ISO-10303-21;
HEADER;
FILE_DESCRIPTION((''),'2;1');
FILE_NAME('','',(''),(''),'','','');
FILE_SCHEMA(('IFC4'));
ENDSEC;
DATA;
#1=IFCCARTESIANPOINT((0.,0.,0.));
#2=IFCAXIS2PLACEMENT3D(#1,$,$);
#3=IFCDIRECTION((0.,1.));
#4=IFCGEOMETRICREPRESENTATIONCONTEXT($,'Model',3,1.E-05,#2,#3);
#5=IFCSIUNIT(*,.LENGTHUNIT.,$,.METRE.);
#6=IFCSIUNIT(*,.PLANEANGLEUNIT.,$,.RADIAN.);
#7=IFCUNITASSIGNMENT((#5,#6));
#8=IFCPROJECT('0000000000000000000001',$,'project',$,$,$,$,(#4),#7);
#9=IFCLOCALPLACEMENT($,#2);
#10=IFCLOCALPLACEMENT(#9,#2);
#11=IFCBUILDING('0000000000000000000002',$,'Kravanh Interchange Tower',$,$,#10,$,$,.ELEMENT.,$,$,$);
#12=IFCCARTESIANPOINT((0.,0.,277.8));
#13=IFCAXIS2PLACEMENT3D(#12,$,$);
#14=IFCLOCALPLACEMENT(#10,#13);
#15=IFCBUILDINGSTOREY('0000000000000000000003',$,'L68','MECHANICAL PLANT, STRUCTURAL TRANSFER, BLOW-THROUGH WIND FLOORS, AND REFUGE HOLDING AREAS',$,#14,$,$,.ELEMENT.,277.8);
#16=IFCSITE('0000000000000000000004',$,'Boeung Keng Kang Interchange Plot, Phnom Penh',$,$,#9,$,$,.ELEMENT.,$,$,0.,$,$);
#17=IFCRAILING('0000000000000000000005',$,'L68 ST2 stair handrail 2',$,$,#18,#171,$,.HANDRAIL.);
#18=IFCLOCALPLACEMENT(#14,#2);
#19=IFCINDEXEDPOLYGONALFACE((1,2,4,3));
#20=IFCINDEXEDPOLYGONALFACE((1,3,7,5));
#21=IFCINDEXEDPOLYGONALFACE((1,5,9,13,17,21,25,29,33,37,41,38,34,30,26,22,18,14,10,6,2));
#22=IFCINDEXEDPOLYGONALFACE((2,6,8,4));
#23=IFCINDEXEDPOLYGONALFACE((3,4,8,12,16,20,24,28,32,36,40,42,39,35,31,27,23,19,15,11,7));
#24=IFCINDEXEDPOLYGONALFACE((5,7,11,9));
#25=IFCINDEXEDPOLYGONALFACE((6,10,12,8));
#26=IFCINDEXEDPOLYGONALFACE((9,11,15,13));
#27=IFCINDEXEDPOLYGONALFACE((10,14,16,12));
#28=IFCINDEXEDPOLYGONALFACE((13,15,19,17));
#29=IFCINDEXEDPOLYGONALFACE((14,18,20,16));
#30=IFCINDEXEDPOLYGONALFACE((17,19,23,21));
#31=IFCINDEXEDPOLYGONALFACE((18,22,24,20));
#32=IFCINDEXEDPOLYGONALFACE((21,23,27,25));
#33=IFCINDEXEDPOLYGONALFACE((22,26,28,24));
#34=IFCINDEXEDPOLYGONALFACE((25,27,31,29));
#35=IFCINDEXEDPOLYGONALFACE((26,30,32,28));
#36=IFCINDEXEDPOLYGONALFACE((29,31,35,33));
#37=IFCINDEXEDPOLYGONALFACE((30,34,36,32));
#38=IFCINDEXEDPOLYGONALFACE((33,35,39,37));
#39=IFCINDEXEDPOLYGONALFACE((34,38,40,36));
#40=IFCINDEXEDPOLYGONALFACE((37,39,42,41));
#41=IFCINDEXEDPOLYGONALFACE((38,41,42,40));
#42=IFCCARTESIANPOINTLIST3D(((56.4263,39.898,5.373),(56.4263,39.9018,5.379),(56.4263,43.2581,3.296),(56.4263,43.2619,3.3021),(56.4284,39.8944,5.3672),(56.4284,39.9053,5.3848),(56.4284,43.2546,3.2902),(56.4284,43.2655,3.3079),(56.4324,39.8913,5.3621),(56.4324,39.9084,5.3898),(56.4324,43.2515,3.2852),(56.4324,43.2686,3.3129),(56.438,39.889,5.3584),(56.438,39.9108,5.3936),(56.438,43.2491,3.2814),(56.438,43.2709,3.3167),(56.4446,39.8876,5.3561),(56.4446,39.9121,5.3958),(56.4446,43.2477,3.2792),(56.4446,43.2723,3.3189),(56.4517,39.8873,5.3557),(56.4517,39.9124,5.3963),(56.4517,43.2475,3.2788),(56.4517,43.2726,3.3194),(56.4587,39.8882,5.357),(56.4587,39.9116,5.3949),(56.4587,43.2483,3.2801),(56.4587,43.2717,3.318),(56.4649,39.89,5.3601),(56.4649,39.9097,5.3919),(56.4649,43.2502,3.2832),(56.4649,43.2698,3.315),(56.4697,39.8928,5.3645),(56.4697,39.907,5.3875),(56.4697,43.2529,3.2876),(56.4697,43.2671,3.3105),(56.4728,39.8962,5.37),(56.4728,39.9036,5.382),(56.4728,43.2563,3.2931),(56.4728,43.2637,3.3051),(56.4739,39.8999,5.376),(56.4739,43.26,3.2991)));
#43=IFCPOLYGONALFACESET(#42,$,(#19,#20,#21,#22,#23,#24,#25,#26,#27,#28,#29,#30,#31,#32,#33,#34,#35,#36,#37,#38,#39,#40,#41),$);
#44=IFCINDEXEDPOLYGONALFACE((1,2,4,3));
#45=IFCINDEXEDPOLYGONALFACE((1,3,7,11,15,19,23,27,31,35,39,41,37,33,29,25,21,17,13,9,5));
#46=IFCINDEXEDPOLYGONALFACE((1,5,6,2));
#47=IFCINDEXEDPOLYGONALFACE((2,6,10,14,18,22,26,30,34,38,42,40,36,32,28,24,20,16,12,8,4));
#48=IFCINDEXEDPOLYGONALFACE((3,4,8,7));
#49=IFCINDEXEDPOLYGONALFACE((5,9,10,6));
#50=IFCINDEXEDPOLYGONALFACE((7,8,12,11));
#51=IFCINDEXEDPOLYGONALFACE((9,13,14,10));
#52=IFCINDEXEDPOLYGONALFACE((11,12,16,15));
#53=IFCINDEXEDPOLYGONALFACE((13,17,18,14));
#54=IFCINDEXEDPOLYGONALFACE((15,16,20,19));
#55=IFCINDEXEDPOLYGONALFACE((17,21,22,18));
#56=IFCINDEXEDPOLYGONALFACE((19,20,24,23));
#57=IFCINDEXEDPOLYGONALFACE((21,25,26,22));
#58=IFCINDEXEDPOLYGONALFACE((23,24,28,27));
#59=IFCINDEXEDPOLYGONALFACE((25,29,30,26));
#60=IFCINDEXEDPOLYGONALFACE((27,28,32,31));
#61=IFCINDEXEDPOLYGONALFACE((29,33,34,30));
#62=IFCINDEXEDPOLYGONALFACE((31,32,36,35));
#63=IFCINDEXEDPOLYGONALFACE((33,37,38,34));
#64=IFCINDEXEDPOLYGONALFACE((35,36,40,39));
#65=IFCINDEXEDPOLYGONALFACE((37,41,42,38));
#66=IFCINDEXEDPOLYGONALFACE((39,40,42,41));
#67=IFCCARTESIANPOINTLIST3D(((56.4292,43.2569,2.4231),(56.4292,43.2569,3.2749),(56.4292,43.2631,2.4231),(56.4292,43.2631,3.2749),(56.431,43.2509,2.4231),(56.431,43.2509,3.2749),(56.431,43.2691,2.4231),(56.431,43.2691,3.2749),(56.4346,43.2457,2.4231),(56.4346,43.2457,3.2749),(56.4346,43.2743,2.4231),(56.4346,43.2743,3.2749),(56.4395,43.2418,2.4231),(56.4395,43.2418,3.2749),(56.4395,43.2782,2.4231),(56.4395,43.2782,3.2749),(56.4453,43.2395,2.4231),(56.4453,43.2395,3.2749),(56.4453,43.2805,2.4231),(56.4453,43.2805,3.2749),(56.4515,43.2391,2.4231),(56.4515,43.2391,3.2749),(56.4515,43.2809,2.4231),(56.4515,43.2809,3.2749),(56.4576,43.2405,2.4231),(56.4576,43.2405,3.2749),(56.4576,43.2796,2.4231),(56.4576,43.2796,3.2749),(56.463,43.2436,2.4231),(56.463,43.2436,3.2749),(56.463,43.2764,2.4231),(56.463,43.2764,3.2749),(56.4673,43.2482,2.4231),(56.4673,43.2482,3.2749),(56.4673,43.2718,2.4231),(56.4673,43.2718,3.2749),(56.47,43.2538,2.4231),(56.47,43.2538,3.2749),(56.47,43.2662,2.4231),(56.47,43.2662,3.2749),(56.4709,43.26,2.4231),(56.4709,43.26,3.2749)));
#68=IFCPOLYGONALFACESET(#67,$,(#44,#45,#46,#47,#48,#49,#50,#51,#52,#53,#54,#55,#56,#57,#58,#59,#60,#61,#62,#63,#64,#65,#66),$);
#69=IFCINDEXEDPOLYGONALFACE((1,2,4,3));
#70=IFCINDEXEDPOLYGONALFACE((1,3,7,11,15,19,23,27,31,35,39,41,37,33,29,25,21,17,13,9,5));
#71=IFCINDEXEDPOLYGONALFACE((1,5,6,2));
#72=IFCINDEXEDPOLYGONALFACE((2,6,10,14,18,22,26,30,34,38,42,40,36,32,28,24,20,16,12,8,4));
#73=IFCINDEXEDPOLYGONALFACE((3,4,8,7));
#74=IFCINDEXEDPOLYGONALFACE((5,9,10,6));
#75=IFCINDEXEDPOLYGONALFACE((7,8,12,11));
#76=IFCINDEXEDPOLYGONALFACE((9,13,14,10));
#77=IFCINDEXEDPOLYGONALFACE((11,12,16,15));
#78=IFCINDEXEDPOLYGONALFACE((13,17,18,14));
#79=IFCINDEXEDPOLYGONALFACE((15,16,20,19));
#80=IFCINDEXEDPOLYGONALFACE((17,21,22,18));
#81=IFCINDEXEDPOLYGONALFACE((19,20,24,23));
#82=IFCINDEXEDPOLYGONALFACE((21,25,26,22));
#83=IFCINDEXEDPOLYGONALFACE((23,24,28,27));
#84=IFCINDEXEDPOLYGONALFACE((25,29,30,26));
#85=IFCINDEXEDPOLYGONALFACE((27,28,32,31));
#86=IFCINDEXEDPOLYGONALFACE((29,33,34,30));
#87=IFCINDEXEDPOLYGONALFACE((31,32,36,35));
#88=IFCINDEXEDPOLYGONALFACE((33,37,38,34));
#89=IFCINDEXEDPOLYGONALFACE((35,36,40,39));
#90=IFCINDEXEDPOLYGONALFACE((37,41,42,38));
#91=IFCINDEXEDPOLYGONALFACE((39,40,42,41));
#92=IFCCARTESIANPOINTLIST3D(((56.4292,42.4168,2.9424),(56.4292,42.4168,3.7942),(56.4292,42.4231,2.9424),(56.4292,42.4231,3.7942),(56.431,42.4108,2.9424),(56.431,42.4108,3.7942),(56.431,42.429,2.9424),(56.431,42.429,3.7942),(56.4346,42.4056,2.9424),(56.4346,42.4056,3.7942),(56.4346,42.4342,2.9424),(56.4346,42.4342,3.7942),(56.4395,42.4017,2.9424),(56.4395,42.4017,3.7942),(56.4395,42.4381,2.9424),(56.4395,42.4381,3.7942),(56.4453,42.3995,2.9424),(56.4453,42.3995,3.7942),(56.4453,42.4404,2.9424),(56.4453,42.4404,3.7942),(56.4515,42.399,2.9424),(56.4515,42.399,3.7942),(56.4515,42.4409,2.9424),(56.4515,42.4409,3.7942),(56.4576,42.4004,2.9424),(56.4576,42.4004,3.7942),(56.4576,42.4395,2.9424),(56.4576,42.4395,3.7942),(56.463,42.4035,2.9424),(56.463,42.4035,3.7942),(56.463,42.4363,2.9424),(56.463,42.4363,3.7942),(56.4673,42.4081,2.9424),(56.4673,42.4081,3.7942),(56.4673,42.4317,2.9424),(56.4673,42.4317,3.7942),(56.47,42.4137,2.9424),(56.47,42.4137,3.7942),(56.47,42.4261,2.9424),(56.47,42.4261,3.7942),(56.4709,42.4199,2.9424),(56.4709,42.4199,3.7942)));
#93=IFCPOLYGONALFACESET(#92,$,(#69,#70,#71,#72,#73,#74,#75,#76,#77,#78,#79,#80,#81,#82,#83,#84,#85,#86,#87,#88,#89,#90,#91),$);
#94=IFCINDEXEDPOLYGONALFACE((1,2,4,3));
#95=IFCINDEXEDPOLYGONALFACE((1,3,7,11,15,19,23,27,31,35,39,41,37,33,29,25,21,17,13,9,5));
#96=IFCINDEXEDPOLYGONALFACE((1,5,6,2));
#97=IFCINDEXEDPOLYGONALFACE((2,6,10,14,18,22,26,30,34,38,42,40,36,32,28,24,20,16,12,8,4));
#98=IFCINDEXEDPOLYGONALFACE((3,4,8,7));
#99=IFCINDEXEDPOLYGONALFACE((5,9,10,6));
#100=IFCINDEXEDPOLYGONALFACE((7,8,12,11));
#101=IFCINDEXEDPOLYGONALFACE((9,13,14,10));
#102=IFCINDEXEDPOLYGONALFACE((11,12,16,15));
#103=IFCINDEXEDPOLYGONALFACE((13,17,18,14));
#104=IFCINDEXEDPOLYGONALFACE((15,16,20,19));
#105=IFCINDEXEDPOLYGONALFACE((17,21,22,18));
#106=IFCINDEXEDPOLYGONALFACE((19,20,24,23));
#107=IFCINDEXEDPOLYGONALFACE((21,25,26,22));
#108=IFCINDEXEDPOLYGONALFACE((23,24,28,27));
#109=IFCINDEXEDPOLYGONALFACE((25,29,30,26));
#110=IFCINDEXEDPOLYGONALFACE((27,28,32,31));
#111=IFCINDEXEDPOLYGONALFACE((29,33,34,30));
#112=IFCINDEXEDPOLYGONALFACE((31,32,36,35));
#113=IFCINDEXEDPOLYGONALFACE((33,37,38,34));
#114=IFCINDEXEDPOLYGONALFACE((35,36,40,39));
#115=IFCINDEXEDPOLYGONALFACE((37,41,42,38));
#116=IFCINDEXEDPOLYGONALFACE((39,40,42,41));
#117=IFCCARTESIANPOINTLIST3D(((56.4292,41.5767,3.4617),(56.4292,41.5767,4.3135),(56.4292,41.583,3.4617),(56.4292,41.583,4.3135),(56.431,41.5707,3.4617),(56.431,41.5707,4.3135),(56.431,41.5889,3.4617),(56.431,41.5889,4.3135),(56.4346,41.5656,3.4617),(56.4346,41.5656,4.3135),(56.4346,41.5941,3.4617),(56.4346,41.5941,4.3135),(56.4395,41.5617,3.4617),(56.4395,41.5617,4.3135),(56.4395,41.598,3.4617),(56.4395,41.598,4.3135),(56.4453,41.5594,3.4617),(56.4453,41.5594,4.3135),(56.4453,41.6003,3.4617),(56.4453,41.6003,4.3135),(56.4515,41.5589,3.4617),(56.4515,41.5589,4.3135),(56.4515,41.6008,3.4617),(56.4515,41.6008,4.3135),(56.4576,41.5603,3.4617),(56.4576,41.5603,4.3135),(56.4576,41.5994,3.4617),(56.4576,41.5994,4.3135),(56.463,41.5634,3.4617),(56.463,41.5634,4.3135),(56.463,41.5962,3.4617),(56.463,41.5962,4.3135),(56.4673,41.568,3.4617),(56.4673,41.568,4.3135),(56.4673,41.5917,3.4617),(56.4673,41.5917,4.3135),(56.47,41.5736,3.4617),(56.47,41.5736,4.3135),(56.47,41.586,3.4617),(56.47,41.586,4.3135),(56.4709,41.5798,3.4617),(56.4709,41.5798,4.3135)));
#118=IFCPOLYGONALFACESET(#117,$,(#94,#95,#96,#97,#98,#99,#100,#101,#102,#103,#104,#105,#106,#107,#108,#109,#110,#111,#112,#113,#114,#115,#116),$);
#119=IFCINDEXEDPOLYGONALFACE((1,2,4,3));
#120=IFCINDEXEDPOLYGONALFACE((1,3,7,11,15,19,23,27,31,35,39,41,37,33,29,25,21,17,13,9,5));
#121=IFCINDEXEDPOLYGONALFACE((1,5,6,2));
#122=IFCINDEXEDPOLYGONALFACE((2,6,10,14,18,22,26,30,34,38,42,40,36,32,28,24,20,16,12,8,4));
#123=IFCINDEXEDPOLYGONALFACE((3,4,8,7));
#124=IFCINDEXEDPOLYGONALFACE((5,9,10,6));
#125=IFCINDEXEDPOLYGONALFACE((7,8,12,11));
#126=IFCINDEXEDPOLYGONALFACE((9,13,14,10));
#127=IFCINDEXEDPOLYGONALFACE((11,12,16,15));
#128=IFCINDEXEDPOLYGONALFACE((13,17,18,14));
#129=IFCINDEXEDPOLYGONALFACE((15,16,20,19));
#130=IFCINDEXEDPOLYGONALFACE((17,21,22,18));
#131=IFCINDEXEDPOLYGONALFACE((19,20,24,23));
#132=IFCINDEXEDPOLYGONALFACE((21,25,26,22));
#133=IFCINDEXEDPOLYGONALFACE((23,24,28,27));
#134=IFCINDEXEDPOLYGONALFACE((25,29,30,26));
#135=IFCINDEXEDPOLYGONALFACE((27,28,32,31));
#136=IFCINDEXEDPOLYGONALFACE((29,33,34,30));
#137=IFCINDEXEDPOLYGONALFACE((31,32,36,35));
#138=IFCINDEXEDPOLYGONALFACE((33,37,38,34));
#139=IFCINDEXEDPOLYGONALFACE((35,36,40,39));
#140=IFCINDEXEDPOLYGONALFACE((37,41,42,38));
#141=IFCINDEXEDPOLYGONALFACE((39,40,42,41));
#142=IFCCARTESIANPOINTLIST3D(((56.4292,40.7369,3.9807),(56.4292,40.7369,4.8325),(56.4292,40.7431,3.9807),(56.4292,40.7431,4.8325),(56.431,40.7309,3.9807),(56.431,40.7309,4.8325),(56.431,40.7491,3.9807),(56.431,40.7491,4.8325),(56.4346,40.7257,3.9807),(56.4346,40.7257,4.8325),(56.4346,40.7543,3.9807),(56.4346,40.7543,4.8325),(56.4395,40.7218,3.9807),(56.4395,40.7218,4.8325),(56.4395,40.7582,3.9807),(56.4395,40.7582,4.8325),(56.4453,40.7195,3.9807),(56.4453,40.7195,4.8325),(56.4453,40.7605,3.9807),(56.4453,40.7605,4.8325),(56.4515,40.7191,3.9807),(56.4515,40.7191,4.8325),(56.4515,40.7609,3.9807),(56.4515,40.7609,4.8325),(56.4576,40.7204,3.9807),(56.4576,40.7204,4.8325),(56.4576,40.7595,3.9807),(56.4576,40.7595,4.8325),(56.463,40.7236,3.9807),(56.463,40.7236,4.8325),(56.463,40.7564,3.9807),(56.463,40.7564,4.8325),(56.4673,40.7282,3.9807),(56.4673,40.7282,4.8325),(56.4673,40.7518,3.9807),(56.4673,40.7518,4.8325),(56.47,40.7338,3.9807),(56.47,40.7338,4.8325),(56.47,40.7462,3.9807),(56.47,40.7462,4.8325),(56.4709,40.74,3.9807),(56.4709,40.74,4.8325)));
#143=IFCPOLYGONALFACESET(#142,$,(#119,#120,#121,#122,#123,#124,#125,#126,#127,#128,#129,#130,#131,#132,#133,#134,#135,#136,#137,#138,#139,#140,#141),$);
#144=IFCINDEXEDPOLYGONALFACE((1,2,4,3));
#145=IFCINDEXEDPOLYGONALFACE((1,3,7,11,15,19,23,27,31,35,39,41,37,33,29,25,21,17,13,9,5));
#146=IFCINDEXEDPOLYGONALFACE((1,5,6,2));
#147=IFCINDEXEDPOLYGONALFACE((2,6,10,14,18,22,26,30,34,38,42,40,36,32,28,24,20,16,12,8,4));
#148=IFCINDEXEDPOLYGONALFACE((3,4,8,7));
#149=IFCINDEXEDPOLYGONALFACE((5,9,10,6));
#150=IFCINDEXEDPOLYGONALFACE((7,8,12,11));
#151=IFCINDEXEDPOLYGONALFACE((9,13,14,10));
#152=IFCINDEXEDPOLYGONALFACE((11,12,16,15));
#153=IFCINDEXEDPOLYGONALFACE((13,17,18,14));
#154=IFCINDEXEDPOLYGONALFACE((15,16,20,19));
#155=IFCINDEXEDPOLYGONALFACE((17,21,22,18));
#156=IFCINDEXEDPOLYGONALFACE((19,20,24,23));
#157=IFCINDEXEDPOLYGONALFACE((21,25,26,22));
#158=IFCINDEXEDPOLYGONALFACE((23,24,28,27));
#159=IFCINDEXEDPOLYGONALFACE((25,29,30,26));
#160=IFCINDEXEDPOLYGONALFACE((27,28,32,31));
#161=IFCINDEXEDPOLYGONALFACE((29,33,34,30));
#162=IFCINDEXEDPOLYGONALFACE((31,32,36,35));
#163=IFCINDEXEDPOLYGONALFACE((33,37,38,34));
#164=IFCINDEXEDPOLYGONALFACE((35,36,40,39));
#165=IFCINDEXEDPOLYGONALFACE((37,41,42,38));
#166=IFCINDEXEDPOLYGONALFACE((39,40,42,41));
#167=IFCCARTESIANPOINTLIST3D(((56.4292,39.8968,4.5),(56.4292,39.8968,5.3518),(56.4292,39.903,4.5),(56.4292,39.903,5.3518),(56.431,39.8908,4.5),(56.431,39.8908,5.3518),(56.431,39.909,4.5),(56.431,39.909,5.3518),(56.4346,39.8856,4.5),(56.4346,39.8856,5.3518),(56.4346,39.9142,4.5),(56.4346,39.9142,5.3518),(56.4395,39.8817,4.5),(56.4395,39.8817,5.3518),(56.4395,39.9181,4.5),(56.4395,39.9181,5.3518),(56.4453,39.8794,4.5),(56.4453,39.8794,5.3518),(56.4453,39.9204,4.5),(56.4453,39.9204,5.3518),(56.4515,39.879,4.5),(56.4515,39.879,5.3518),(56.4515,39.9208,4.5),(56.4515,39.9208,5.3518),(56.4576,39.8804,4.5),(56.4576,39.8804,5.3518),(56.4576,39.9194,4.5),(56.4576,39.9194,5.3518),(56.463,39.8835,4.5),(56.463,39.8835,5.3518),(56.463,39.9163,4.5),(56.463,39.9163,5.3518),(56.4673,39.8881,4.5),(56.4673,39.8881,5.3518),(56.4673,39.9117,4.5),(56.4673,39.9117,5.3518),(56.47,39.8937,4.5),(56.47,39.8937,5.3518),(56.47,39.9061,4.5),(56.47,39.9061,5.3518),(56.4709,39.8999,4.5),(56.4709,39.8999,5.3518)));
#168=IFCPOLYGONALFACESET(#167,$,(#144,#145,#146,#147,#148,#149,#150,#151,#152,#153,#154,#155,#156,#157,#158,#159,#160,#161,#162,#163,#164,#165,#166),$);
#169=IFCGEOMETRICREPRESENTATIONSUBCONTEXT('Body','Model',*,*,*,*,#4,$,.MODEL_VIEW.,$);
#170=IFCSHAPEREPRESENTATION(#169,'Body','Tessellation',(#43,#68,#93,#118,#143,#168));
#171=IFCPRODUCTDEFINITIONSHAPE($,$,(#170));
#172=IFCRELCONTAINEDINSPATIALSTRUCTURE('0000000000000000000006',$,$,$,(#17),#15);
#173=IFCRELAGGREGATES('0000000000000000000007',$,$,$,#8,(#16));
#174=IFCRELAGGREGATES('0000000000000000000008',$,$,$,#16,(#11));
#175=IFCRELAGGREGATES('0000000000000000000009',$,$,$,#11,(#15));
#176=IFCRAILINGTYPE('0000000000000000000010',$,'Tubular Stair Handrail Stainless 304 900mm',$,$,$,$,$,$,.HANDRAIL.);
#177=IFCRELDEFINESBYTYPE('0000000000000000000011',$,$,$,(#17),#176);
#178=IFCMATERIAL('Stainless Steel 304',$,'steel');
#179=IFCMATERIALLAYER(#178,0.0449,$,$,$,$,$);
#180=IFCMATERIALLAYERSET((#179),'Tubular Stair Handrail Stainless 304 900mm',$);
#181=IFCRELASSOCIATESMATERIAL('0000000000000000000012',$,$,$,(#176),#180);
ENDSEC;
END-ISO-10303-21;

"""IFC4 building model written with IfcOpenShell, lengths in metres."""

from ifc_helpers import new_model, si_unit, direction, frame, origin, origin_2d, place, context, subcontext, project, spatial, circle, extrude, material, layer, layer_set, type_object, element, save


model = new_model("IFC4")

# Units and contexts
model_context = context("Model", 3, precision=1e-05, world=origin(), true_north=direction((0.0, 1.0)))
body_context = subcontext(model_context, "Body", "Model", "MODEL_VIEW")
ifc_project = project(units=[si_unit("LENGTHUNIT", "METRE"), si_unit("PLANEANGLEUNIT", "RADIAN")], contexts=[model_context])

# Site, building, storey
site_placement = place(None, origin())
site = spatial("IfcSite", under=ifc_project, at=site_placement, Name="Boeung Keng Kang Interchange Plot, Phnom Penh", CompositionType="ELEMENT", RefElevation=0.0)
building_placement = place(site_placement, origin())
building = spatial("IfcBuilding", under=site, at=building_placement, Name="Kravanh Interchange Tower", CompositionType="ELEMENT")
storey_placement = place(building_placement, frame((0.0, 0.0, 277.8)))
storey = spatial("IfcBuildingStorey", under=building, at=storey_placement, Name="L68", Description="MECHANICAL PLANT, STRUCTURAL TRANSFER, BLOW-THROUGH WIND FLOORS, AND REFUGE HOLDING AREAS", CompositionType="ELEMENT", Elevation=277.8)

# Railing
ifc_material_1 = material(Name="Stainless Steel 304", Category="steel")
ifc_layer_1 = layer(ifc_material_1, 0.0449)
ifc_layer_set_1 = layer_set([ifc_layer_1], Name="Tubular Stair Handrail Stainless 304 900mm")
railing_type_1 = type_object("IfcRailingType", Name="Tubular Stair Handrail Stainless 304 900mm", PredefinedType="HANDRAIL", material=ifc_layer_set_1)
railing_1_placement = place(storey_placement, frame((56.45, 43.26, 2.4231)))
element("IfcRailing", 1, at=railing_1_placement, inside=storey, type_object=railing_type_1, Name="L68 ST2 stair handrail 2", PredefinedType="HANDRAIL", context=body_context, shape_type="SweptSolid", body=[
    extrude(circle(Radius=0.0239, at=origin_2d()), frame((0.0, 0.0, 0.876), z_axis=(0.0, -0.850623, 0.525776), x_axis=(1.0, 0.0, 0.0)), (0.0, 0.0, 1.0), 3.9502),
    extrude(circle(Radius=0.021, at=origin_2d()), origin(), (0.0, 0.0, 1.0), 0.8518),
    extrude(circle(Radius=0.021, at=origin_2d()), frame((0.0, -0.8401, 0.5193)), (0.0, 0.0, 1.0), 0.8518),
    extrude(circle(Radius=0.021, at=origin_2d()), frame((0.0, -1.6802, 1.0386)), (0.0, 0.0, 1.0), 0.8518),
    extrude(circle(Radius=0.021, at=origin_2d()), frame((0.0, -2.52, 1.5576)), (0.0, 0.0, 1.0), 0.8518),
    extrude(circle(Radius=0.021, at=origin_2d()), frame((0.0, -3.3601, 2.0769)), (0.0, 0.0, 1.0), 0.8518),
])

save(model, "model.ifc")
